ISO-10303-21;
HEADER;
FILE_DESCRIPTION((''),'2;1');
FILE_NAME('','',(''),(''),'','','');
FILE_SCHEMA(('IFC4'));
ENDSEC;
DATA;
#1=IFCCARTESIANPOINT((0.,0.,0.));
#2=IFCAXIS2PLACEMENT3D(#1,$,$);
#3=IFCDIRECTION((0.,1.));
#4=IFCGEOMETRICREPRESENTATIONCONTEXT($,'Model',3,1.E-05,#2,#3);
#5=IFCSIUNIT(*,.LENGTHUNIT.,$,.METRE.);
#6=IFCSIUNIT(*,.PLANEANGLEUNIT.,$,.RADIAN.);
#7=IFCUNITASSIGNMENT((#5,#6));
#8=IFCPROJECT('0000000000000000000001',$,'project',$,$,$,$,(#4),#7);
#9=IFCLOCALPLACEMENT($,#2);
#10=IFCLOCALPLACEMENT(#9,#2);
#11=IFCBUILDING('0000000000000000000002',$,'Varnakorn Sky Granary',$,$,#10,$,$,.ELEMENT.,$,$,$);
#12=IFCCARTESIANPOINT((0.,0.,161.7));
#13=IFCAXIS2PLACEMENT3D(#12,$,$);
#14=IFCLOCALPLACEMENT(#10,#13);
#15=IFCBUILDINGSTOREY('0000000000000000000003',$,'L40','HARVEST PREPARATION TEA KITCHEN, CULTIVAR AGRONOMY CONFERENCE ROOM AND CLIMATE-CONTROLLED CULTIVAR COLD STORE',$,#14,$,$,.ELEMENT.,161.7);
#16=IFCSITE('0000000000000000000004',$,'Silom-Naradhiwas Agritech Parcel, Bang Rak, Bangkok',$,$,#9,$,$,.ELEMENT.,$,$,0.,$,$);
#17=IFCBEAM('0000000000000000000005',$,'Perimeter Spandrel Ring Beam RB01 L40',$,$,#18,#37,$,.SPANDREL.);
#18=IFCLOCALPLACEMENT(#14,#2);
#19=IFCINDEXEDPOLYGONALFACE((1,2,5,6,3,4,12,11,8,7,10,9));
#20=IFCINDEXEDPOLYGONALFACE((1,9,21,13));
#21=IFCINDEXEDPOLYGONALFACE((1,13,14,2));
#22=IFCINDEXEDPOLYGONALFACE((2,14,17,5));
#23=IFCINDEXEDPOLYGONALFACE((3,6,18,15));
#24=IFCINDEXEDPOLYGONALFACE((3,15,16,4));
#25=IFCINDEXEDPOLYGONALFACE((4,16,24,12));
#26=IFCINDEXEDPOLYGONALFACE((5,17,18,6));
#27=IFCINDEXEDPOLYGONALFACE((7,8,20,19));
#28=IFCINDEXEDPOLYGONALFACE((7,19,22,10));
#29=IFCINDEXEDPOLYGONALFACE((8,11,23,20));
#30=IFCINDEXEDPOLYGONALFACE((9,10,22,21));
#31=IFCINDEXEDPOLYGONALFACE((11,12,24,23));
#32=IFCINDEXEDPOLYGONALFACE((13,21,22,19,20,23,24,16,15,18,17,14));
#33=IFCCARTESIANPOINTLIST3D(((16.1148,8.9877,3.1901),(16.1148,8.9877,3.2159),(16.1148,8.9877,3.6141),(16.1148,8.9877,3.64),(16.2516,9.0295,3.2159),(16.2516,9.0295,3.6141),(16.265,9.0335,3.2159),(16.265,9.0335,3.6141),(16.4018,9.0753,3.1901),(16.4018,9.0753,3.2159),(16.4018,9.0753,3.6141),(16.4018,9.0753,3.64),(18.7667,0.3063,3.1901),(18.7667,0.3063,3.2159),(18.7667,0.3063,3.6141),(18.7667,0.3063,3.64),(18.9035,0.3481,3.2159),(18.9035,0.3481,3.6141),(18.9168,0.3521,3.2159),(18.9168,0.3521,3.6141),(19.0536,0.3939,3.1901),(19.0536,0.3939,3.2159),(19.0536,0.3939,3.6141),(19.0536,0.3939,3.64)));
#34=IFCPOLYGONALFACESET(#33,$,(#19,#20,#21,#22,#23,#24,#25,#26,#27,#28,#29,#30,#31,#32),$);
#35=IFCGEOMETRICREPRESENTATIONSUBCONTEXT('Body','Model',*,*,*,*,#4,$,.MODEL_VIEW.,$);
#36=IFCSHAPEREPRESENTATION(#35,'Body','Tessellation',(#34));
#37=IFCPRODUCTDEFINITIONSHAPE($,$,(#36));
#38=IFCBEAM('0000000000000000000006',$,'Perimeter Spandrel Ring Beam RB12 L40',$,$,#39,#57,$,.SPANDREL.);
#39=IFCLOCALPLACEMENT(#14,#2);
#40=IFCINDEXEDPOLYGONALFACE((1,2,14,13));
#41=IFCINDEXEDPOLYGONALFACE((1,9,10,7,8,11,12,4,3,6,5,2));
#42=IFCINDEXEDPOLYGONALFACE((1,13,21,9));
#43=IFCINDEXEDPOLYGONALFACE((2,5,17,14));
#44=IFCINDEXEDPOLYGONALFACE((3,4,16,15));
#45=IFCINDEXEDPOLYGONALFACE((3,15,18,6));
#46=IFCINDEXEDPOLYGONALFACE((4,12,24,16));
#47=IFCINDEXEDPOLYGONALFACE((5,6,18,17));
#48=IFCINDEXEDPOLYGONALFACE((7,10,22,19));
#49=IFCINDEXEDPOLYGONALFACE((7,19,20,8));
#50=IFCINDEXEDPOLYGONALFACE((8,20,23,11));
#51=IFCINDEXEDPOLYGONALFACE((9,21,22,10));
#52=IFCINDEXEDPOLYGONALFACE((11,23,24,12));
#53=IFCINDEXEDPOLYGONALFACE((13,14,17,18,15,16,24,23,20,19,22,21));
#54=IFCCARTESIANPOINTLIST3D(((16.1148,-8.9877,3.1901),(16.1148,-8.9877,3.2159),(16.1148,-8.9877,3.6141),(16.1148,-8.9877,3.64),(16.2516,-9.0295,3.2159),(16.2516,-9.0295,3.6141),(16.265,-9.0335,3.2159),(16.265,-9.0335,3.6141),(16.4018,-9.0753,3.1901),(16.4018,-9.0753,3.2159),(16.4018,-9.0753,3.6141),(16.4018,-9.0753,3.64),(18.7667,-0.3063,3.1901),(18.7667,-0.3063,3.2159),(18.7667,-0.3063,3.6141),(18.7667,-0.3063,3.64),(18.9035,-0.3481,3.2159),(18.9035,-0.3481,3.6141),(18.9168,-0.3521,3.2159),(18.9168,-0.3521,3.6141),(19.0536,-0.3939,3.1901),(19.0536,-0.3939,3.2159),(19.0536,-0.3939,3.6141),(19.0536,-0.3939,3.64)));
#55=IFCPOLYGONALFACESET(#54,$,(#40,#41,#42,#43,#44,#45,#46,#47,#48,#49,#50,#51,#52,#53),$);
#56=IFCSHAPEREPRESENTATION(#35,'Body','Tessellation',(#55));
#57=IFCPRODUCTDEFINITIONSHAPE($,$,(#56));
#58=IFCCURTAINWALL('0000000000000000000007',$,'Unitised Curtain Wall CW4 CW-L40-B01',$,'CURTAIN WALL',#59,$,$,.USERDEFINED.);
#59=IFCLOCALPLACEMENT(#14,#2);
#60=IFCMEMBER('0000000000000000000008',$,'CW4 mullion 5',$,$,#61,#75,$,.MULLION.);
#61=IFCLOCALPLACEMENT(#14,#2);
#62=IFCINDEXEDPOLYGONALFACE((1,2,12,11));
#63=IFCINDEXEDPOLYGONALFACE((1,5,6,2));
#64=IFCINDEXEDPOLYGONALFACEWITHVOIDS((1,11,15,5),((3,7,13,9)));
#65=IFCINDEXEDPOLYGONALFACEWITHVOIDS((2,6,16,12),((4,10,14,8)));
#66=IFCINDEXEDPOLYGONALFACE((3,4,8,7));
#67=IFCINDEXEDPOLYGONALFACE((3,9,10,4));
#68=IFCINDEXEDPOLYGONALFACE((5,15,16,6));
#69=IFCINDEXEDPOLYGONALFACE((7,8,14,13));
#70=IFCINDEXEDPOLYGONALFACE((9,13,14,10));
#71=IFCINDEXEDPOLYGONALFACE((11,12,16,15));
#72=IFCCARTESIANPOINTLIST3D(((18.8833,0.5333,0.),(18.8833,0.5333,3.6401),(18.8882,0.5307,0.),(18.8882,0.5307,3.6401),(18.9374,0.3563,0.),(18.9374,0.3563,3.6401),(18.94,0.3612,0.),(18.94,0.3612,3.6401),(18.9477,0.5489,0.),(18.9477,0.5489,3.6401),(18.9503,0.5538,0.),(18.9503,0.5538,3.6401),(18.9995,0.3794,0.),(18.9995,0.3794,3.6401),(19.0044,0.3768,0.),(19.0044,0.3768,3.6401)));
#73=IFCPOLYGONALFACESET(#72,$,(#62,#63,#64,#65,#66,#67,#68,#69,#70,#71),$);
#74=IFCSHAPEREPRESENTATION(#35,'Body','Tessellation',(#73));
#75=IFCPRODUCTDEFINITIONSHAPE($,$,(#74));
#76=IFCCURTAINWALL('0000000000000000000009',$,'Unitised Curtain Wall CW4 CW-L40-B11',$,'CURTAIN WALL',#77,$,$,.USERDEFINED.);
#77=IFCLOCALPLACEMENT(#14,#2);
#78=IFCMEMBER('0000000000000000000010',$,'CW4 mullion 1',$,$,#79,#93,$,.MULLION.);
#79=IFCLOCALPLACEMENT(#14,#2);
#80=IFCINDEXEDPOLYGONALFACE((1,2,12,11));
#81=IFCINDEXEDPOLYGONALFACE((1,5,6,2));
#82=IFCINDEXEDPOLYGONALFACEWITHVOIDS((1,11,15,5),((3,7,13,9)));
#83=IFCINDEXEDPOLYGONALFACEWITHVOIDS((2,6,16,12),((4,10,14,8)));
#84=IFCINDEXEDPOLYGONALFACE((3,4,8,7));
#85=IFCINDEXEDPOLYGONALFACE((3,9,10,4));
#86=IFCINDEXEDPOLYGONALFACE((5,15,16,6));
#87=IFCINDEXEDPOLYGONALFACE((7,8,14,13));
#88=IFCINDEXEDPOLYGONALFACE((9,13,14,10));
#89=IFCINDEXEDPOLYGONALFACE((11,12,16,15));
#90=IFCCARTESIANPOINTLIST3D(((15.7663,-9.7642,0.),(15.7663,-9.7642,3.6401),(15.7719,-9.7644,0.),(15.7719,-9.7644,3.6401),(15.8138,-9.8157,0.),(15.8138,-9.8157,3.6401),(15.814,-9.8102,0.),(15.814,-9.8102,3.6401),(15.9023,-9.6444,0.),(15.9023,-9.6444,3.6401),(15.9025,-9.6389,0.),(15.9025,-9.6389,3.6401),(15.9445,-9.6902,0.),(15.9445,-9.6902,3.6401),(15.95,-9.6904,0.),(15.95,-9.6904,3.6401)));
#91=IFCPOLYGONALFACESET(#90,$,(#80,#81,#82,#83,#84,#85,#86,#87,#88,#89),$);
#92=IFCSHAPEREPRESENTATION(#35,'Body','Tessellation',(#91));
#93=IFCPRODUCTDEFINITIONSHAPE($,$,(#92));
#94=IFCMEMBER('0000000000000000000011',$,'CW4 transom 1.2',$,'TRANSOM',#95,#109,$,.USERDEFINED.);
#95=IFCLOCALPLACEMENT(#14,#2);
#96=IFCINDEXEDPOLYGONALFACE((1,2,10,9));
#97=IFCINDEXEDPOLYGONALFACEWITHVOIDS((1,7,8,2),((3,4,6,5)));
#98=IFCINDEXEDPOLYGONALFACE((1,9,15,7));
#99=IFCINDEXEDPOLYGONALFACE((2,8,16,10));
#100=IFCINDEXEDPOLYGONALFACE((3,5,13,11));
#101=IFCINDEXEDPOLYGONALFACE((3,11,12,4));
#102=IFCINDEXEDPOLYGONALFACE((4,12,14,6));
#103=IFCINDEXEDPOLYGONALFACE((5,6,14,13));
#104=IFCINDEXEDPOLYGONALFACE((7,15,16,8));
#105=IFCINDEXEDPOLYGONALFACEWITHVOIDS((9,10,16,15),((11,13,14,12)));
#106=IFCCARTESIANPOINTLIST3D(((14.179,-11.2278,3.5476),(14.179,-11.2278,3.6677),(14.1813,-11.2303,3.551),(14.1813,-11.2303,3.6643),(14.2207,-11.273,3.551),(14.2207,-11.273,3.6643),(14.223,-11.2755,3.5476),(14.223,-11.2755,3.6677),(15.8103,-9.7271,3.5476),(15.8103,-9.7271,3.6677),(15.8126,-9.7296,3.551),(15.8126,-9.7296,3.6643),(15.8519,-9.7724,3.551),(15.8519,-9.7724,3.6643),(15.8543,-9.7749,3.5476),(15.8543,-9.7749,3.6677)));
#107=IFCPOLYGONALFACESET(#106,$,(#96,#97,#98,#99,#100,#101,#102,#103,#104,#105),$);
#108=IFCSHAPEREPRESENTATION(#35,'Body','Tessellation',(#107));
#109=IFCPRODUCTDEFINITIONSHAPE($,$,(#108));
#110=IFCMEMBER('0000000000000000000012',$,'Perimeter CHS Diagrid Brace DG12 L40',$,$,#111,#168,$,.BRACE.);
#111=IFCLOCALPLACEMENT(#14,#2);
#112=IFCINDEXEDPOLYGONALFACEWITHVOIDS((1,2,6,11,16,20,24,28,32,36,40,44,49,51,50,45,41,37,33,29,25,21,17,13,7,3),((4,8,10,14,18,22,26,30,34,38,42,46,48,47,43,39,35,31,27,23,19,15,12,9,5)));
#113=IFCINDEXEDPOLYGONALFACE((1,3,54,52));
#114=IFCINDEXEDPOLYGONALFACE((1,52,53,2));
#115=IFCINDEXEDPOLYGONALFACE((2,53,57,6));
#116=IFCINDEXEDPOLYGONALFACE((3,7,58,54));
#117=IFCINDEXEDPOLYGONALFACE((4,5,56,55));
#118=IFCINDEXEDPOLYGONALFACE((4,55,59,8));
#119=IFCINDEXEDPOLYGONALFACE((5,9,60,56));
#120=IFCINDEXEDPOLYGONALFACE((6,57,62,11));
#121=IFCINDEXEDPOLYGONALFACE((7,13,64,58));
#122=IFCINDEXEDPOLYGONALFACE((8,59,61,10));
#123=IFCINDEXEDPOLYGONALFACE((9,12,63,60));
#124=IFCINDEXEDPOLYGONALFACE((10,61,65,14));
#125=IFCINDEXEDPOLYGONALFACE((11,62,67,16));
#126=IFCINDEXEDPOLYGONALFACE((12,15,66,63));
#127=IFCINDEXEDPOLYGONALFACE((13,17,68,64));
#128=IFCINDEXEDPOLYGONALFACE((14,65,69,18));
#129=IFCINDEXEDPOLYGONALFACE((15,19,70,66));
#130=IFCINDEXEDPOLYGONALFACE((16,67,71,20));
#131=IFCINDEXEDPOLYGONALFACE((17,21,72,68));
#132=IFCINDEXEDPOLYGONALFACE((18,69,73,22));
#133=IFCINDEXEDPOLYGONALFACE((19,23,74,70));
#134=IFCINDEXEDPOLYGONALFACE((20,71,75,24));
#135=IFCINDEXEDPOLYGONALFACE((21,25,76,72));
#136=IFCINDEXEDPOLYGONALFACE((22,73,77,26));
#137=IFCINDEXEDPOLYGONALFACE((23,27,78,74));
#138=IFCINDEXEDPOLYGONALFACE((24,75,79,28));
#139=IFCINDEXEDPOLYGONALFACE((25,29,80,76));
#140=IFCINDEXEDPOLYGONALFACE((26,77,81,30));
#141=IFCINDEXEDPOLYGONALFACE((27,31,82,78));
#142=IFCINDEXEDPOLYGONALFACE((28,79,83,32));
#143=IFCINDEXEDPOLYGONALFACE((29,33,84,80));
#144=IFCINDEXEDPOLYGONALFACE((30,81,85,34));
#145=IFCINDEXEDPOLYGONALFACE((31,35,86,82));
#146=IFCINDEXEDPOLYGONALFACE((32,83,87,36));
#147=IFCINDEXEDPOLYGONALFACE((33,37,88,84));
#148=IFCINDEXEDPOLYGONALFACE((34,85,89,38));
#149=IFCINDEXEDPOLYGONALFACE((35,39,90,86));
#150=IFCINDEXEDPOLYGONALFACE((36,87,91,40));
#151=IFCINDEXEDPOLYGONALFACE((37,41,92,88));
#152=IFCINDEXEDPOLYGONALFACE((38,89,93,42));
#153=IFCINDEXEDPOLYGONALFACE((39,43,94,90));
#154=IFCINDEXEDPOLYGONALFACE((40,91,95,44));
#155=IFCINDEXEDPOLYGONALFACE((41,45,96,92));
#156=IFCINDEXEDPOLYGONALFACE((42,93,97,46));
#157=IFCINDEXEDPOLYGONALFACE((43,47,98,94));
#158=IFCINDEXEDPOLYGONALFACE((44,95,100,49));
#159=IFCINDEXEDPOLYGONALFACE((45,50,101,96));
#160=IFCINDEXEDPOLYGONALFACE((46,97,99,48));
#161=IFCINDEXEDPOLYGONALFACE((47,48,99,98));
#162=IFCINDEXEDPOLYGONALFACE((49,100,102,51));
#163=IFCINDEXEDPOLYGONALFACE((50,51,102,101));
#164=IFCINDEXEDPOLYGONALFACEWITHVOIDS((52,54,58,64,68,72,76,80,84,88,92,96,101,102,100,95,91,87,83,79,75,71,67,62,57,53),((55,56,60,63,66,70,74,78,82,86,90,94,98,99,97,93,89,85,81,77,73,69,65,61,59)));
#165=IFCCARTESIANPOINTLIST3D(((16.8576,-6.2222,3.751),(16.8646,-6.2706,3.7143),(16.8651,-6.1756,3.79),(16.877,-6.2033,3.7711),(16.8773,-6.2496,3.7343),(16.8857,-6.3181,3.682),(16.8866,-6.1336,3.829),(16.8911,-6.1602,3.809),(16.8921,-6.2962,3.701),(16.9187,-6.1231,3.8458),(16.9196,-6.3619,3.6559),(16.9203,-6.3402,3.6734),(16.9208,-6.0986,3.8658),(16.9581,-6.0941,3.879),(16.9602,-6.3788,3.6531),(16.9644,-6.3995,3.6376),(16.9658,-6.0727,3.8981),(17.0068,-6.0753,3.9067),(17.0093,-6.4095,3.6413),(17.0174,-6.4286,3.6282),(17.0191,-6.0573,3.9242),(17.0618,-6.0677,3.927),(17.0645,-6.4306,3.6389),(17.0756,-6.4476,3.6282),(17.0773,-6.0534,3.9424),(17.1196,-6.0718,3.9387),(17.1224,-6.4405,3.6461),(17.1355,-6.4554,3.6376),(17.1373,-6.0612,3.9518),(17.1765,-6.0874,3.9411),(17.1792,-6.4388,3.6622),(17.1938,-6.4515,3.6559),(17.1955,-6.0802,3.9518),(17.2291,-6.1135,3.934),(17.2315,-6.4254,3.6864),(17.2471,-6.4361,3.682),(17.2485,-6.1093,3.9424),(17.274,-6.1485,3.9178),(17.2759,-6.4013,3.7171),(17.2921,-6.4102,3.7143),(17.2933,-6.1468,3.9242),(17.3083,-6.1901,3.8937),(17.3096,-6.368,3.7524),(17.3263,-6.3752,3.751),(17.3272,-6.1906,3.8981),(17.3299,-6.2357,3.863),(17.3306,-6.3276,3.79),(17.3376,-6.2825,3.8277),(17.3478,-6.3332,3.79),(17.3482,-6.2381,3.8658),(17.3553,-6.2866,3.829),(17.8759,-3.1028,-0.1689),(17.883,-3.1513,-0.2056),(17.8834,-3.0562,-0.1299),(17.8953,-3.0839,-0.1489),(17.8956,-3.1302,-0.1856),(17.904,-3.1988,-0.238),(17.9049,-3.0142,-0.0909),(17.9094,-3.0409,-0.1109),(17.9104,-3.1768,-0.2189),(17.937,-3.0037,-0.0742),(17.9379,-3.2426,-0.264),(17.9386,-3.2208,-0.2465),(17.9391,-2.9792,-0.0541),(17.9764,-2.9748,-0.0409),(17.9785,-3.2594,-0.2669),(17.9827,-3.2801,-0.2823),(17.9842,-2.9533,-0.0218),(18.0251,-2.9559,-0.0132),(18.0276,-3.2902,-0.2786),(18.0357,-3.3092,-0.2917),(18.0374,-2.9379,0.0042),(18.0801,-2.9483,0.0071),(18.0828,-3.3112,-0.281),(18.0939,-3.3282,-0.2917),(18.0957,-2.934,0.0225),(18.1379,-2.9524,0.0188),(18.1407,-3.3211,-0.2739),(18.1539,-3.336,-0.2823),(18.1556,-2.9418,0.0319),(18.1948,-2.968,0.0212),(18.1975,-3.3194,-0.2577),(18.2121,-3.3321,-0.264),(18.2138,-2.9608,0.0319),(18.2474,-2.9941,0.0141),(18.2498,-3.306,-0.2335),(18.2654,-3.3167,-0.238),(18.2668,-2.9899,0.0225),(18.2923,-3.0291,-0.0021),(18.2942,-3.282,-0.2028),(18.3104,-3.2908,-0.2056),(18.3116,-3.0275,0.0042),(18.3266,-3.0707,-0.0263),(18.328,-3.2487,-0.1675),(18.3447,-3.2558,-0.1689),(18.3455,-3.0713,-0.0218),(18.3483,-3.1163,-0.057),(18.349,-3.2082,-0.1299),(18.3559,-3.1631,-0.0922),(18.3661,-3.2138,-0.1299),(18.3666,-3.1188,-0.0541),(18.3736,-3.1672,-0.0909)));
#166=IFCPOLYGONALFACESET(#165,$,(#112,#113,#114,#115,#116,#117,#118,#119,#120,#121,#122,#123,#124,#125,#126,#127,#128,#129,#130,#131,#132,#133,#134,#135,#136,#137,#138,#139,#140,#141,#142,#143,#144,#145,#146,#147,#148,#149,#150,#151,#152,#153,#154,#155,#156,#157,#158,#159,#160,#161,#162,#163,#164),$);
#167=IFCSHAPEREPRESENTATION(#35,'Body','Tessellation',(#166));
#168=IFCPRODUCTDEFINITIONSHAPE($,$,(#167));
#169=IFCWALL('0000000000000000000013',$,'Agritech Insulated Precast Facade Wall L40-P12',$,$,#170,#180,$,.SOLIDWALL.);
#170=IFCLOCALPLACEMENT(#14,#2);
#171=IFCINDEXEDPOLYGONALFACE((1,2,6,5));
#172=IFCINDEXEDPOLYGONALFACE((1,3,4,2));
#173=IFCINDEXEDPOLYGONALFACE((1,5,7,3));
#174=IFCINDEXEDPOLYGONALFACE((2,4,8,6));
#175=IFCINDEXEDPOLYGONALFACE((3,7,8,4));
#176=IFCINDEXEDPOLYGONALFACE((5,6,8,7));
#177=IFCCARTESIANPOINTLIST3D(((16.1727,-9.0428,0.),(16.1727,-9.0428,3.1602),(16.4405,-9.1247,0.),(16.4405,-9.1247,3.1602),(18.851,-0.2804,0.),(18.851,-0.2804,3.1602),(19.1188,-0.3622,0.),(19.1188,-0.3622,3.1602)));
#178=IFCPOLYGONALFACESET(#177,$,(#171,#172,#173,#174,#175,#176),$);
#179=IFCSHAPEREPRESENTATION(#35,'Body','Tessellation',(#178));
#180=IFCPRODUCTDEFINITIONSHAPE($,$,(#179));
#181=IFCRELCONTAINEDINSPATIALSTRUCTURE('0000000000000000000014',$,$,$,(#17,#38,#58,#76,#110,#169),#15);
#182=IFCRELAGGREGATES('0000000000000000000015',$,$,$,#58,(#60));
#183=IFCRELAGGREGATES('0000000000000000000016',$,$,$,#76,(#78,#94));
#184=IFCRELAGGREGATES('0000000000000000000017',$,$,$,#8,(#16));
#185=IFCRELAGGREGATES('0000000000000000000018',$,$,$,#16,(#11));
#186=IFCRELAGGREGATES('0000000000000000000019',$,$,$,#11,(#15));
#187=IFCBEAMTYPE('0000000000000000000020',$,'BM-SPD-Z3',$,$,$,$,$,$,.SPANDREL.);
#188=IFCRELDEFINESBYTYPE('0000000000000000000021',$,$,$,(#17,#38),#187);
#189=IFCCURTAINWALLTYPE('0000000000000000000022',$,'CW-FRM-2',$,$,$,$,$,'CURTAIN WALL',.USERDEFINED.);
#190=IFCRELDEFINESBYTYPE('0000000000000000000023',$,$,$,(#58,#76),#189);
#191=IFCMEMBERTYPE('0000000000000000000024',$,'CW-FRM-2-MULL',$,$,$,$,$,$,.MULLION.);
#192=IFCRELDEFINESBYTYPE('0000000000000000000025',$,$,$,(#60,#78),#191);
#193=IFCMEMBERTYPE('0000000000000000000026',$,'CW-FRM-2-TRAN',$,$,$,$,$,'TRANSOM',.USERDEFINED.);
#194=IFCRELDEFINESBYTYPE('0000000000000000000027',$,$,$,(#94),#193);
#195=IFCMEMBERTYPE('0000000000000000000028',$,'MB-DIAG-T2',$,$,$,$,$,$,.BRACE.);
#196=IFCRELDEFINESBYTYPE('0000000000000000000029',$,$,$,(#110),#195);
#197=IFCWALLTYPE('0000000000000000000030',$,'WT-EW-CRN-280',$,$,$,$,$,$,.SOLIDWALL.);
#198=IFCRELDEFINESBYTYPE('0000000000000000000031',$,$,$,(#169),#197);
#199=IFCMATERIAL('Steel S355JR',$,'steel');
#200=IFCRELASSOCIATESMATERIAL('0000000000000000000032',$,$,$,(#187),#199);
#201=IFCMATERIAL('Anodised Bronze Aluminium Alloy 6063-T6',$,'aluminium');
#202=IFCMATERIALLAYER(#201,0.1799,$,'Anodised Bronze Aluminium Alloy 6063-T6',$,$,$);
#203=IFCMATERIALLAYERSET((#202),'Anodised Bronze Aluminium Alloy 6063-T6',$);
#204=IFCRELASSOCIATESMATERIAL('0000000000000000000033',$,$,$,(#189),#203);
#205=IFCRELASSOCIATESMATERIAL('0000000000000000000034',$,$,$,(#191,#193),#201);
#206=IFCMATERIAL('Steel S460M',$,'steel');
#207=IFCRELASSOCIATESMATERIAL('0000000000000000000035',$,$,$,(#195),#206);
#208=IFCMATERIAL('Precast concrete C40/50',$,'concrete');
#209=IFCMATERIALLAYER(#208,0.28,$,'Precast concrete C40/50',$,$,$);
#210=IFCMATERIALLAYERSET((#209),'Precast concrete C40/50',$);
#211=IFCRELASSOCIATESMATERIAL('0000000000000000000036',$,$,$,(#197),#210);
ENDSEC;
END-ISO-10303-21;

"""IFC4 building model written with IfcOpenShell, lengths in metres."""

from ifc_helpers import new_model, si_unit, direction, frame, frame_2d, origin, origin_2d, place, context, subcontext, project, spatial, rectangle, hollow_rectangle, hollow_circle, i_section, extrude, material, layer, layer_set, material_profile, profile_set, type_object, element, aggregate, save


model = new_model("IFC4")

# Units and contexts
model_context = context("Model", 3, precision=1e-05, world=origin(), true_north=direction((0.0, 1.0)))
body_context = subcontext(model_context, "Body", "Model", "MODEL_VIEW")
ifc_project = project(units=[si_unit("LENGTHUNIT", "METRE"), si_unit("PLANEANGLEUNIT", "RADIAN")], contexts=[model_context])

# Site, building, storey
site_placement = place(None, origin())
site = spatial("IfcSite", under=ifc_project, at=site_placement, Name="Silom-Naradhiwas Agritech Parcel, Bang Rak, Bangkok", CompositionType="ELEMENT", RefElevation=0.0)
building_placement = place(site_placement, origin())
building = spatial("IfcBuilding", under=site, at=building_placement, Name="Varnakorn Sky Granary", CompositionType="ELEMENT")
storey_placement = place(building_placement, frame((0.0, 0.0, 161.7)))
storey = spatial("IfcBuildingStorey", under=building, at=storey_placement, Name="L40", Description="HARVEST PREPARATION TEA KITCHEN, CULTIVAR AGRONOMY CONFERENCE ROOM AND CLIMATE-CONTROLLED CULTIVAR COLD STORE", CompositionType="ELEMENT", Elevation=161.7)

# Shared definitions
ifc_material_1 = material(Name="Steel S460M", Category="steel")

# Beams
ifc_material_2 = material(Name="Steel S355JR", Category="steel")
ifc_material_profile_1 = material_profile(ifc_material_2, i_section(OverallWidth=0.3, OverallDepth=0.45, WebThickness=0.0139, FlangeThickness=0.0259, at=origin_2d()), Name="HE 450 B")
ifc_profile_set_1 = profile_set([ifc_material_profile_1], Name="Steel S355JR")
beam_type_1 = type_object("IfcBeamType", Name="BM-SPD-Z3", PredefinedType="SPANDREL", material=ifc_profile_set_1)
for number, where, z_axis, x_axis, name in (
    (1, (18.9102, 0.3501, 3.415), (-0.292139, 0.956376, 0.0), (-0.956376, -0.292139, 0.0), "Perimeter Spandrel Ring Beam RB01 L40"),
    (2, (16.2583, -9.0315, 3.415), (0.292139, 0.956376, 0.0), (-0.956376, 0.292139, 0.0), "Perimeter Spandrel Ring Beam RB12 L40"),
):
    element("IfcBeam", number, at=place(storey_placement, frame(where, z_axis=z_axis, x_axis=x_axis)), inside=storey, type_object=beam_type_1, Name=name, PredefinedType="SPANDREL", context=body_context, shape_type="SweptSolid", body=[
        extrude(i_section(OverallWidth=0.3, OverallDepth=0.45, WebThickness=0.0139, FlangeThickness=0.0259, at=origin_2d()), origin(), (0.0, 0.0, 1.0), 9.0774),
    ])

# Curtain wall, member
ifc_material_3 = material(Name="Anodised Bronze Aluminium Alloy 6063-T6", Category="aluminium")
ifc_layer_1 = layer(ifc_material_3, 0.1799, Name="Anodised Bronze Aluminium Alloy 6063-T6")
ifc_layer_set_1 = layer_set([ifc_layer_1], Name="Anodised Bronze Aluminium Alloy 6063-T6")
curtain_wall_type = type_object("IfcCurtainWallType", Name="CW-FRM-2", ElementType="CURTAIN WALL", PredefinedType="USERDEFINED", material=ifc_layer_set_1)
curtain_wall_1_placement = place(storey_placement, origin())
curtain_wall_1 = element("IfcCurtainWall", 3, at=curtain_wall_1_placement, inside=storey, type_object=curtain_wall_type, Name="Unitised Curtain Wall CW4 CW-L40-B01", ObjectType="CURTAIN WALL", PredefinedType="USERDEFINED")
ifc_material_profile_2 = material_profile(ifc_material_3, hollow_rectangle(XDim=0.0701, YDim=0.1851, WallThickness=0.0039, at=origin_2d()), Name="ALU MULL 70x185")
ifc_profile_set_2 = profile_set([ifc_material_profile_2], Name="Anodised Bronze Aluminium Alloy 6063-T6")
member_type_1 = type_object("IfcMemberType", Name="CW-FRM-2-MULL", PredefinedType="MULLION", material=ifc_profile_set_2)
member_1_placement = place(storey_placement, frame((18.9438, 0.4551, 0.0), z_axis=(0.0, 0.0, 1.0), x_axis=(0.956331, 0.292286, 0.0)))
member_1 = element("IfcMember", 4, at=member_1_placement, type_object=member_type_1, Name="CW4 mullion 5", PredefinedType="MULLION", context=body_context, shape_type="SweptSolid", body=[
    extrude(hollow_rectangle(XDim=0.0701, YDim=0.1851, WallThickness=0.0039, at=origin_2d()), origin(), (0.0, 0.0, 1.0), 3.6401),
])
aggregate(curtain_wall_1, [member_1])

# Curtain wall, members
curtain_wall_2_placement = place(storey_placement, origin())
curtain_wall_2 = element("IfcCurtainWall", 5, at=curtain_wall_2_placement, inside=storey, type_object=curtain_wall_type, Name="Unitised Curtain Wall CW4 CW-L40-B11", ObjectType="CURTAIN WALL", PredefinedType="USERDEFINED")
member_2_placement = place(storey_placement, frame((15.8582, -9.7273, 0.0), z_axis=(0.0, 0.0, 1.0), x_axis=(0.677011, -0.735973, 0.0)))
member_2 = element("IfcMember", 6, at=member_2_placement, type_object=member_type_1, Name="CW4 mullion 1", PredefinedType="MULLION", context=body_context, shape_type="SweptSolid", body=[
    extrude(hollow_rectangle(XDim=0.0701, YDim=0.1851, WallThickness=0.0039, at=origin_2d()), origin(), (0.0, 0.0, 1.0), 3.6401),
])
ifc_material_profile_3 = material_profile(ifc_material_3, hollow_rectangle(XDim=0.0649, YDim=0.1201, WallThickness=0.0034, at=origin_2d()), Name="ALU TRAN 65x120")
ifc_profile_set_3 = profile_set([ifc_material_profile_3], Name="Anodised Bronze Aluminium Alloy 6063-T6")
member_type_2 = type_object("IfcMemberType", Name="CW-FRM-2-TRAN", ElementType="TRANSOM", PredefinedType="USERDEFINED", material=ifc_profile_set_3)
member_3_placement = place(storey_placement, frame((15.8323, -9.751, 3.6077), z_axis=(-0.735955, -0.67703, 0.0), x_axis=(0.67703, -0.735955, 0.0)))
member_3 = element("IfcMember", 7, at=member_3_placement, type_object=member_type_2, Name="CW4 transom 1.2", ObjectType="TRANSOM", PredefinedType="USERDEFINED", context=body_context, shape_type="SweptSolid", body=[
    extrude(hollow_rectangle(XDim=0.0649, YDim=0.1201, WallThickness=0.0034, at=origin_2d()), origin(), (0.0, 0.0, 1.0), 2.2166),
])
aggregate(curtain_wall_2, [member_2, member_3])

# Member
ifc_material_profile_4 = material_profile(ifc_material_1, hollow_circle(Radius=0.2539, WallThickness=0.0181, at=origin_2d()), Name="CHS 508x18")
ifc_profile_set_4 = profile_set([ifc_material_profile_4], Name="Steel S460M")
member_type_3 = type_object("IfcMemberType", Name="MB-DIAG-T2", PredefinedType="BRACE", material=ifc_profile_set_4)
member_4_placement = place(storey_placement, frame((18.1248, -3.135, -0.1299), z_axis=(-0.199197, -0.610199, 0.766797), x_axis=(0.950629, -0.310329, 0.0)))
element("IfcMember", 8, at=member_4_placement, inside=storey, type_object=member_type_3, Name="Perimeter CHS Diagrid Brace DG12 L40", PredefinedType="BRACE", context=body_context, shape_type="SweptSolid", body=[
    extrude(hollow_circle(Radius=0.2539, WallThickness=0.0181, at=origin_2d()), origin(), (0.0, 0.0, 1.0), 5.1121),
])

# Wall
ifc_material_4 = material(Name="Precast concrete C40/50", Category="concrete")
ifc_layer_2 = layer(ifc_material_4, 0.28, Name="Precast concrete C40/50")
ifc_layer_set_2 = layer_set([ifc_layer_2], Name="Precast concrete C40/50")
wall_type_1 = type_object("IfcWallType", Name="WT-EW-CRN-280", PredefinedType="SOLIDWALL", material=ifc_layer_set_2)
wall_1_placement = place(storey_placement, frame((18.9849, -0.3213, 0.0), z_axis=(0.0, 0.0, 1.0), x_axis=(-0.292299, -0.956327, 0.0)))
element("IfcWall", 9, at=wall_1_placement, inside=storey, type_object=wall_type_1, Name="Agritech Insulated Precast Facade Wall L40-P12", PredefinedType="SOLIDWALL", context=body_context, shape_type="SweptSolid", body=[
    extrude(rectangle(XDim=9.1626, YDim=0.28, at=frame_2d((4.5813, 0.0))), origin(), (0.0, 0.0, 1.0), 3.1602),
])

save(model, "model.ifc")
